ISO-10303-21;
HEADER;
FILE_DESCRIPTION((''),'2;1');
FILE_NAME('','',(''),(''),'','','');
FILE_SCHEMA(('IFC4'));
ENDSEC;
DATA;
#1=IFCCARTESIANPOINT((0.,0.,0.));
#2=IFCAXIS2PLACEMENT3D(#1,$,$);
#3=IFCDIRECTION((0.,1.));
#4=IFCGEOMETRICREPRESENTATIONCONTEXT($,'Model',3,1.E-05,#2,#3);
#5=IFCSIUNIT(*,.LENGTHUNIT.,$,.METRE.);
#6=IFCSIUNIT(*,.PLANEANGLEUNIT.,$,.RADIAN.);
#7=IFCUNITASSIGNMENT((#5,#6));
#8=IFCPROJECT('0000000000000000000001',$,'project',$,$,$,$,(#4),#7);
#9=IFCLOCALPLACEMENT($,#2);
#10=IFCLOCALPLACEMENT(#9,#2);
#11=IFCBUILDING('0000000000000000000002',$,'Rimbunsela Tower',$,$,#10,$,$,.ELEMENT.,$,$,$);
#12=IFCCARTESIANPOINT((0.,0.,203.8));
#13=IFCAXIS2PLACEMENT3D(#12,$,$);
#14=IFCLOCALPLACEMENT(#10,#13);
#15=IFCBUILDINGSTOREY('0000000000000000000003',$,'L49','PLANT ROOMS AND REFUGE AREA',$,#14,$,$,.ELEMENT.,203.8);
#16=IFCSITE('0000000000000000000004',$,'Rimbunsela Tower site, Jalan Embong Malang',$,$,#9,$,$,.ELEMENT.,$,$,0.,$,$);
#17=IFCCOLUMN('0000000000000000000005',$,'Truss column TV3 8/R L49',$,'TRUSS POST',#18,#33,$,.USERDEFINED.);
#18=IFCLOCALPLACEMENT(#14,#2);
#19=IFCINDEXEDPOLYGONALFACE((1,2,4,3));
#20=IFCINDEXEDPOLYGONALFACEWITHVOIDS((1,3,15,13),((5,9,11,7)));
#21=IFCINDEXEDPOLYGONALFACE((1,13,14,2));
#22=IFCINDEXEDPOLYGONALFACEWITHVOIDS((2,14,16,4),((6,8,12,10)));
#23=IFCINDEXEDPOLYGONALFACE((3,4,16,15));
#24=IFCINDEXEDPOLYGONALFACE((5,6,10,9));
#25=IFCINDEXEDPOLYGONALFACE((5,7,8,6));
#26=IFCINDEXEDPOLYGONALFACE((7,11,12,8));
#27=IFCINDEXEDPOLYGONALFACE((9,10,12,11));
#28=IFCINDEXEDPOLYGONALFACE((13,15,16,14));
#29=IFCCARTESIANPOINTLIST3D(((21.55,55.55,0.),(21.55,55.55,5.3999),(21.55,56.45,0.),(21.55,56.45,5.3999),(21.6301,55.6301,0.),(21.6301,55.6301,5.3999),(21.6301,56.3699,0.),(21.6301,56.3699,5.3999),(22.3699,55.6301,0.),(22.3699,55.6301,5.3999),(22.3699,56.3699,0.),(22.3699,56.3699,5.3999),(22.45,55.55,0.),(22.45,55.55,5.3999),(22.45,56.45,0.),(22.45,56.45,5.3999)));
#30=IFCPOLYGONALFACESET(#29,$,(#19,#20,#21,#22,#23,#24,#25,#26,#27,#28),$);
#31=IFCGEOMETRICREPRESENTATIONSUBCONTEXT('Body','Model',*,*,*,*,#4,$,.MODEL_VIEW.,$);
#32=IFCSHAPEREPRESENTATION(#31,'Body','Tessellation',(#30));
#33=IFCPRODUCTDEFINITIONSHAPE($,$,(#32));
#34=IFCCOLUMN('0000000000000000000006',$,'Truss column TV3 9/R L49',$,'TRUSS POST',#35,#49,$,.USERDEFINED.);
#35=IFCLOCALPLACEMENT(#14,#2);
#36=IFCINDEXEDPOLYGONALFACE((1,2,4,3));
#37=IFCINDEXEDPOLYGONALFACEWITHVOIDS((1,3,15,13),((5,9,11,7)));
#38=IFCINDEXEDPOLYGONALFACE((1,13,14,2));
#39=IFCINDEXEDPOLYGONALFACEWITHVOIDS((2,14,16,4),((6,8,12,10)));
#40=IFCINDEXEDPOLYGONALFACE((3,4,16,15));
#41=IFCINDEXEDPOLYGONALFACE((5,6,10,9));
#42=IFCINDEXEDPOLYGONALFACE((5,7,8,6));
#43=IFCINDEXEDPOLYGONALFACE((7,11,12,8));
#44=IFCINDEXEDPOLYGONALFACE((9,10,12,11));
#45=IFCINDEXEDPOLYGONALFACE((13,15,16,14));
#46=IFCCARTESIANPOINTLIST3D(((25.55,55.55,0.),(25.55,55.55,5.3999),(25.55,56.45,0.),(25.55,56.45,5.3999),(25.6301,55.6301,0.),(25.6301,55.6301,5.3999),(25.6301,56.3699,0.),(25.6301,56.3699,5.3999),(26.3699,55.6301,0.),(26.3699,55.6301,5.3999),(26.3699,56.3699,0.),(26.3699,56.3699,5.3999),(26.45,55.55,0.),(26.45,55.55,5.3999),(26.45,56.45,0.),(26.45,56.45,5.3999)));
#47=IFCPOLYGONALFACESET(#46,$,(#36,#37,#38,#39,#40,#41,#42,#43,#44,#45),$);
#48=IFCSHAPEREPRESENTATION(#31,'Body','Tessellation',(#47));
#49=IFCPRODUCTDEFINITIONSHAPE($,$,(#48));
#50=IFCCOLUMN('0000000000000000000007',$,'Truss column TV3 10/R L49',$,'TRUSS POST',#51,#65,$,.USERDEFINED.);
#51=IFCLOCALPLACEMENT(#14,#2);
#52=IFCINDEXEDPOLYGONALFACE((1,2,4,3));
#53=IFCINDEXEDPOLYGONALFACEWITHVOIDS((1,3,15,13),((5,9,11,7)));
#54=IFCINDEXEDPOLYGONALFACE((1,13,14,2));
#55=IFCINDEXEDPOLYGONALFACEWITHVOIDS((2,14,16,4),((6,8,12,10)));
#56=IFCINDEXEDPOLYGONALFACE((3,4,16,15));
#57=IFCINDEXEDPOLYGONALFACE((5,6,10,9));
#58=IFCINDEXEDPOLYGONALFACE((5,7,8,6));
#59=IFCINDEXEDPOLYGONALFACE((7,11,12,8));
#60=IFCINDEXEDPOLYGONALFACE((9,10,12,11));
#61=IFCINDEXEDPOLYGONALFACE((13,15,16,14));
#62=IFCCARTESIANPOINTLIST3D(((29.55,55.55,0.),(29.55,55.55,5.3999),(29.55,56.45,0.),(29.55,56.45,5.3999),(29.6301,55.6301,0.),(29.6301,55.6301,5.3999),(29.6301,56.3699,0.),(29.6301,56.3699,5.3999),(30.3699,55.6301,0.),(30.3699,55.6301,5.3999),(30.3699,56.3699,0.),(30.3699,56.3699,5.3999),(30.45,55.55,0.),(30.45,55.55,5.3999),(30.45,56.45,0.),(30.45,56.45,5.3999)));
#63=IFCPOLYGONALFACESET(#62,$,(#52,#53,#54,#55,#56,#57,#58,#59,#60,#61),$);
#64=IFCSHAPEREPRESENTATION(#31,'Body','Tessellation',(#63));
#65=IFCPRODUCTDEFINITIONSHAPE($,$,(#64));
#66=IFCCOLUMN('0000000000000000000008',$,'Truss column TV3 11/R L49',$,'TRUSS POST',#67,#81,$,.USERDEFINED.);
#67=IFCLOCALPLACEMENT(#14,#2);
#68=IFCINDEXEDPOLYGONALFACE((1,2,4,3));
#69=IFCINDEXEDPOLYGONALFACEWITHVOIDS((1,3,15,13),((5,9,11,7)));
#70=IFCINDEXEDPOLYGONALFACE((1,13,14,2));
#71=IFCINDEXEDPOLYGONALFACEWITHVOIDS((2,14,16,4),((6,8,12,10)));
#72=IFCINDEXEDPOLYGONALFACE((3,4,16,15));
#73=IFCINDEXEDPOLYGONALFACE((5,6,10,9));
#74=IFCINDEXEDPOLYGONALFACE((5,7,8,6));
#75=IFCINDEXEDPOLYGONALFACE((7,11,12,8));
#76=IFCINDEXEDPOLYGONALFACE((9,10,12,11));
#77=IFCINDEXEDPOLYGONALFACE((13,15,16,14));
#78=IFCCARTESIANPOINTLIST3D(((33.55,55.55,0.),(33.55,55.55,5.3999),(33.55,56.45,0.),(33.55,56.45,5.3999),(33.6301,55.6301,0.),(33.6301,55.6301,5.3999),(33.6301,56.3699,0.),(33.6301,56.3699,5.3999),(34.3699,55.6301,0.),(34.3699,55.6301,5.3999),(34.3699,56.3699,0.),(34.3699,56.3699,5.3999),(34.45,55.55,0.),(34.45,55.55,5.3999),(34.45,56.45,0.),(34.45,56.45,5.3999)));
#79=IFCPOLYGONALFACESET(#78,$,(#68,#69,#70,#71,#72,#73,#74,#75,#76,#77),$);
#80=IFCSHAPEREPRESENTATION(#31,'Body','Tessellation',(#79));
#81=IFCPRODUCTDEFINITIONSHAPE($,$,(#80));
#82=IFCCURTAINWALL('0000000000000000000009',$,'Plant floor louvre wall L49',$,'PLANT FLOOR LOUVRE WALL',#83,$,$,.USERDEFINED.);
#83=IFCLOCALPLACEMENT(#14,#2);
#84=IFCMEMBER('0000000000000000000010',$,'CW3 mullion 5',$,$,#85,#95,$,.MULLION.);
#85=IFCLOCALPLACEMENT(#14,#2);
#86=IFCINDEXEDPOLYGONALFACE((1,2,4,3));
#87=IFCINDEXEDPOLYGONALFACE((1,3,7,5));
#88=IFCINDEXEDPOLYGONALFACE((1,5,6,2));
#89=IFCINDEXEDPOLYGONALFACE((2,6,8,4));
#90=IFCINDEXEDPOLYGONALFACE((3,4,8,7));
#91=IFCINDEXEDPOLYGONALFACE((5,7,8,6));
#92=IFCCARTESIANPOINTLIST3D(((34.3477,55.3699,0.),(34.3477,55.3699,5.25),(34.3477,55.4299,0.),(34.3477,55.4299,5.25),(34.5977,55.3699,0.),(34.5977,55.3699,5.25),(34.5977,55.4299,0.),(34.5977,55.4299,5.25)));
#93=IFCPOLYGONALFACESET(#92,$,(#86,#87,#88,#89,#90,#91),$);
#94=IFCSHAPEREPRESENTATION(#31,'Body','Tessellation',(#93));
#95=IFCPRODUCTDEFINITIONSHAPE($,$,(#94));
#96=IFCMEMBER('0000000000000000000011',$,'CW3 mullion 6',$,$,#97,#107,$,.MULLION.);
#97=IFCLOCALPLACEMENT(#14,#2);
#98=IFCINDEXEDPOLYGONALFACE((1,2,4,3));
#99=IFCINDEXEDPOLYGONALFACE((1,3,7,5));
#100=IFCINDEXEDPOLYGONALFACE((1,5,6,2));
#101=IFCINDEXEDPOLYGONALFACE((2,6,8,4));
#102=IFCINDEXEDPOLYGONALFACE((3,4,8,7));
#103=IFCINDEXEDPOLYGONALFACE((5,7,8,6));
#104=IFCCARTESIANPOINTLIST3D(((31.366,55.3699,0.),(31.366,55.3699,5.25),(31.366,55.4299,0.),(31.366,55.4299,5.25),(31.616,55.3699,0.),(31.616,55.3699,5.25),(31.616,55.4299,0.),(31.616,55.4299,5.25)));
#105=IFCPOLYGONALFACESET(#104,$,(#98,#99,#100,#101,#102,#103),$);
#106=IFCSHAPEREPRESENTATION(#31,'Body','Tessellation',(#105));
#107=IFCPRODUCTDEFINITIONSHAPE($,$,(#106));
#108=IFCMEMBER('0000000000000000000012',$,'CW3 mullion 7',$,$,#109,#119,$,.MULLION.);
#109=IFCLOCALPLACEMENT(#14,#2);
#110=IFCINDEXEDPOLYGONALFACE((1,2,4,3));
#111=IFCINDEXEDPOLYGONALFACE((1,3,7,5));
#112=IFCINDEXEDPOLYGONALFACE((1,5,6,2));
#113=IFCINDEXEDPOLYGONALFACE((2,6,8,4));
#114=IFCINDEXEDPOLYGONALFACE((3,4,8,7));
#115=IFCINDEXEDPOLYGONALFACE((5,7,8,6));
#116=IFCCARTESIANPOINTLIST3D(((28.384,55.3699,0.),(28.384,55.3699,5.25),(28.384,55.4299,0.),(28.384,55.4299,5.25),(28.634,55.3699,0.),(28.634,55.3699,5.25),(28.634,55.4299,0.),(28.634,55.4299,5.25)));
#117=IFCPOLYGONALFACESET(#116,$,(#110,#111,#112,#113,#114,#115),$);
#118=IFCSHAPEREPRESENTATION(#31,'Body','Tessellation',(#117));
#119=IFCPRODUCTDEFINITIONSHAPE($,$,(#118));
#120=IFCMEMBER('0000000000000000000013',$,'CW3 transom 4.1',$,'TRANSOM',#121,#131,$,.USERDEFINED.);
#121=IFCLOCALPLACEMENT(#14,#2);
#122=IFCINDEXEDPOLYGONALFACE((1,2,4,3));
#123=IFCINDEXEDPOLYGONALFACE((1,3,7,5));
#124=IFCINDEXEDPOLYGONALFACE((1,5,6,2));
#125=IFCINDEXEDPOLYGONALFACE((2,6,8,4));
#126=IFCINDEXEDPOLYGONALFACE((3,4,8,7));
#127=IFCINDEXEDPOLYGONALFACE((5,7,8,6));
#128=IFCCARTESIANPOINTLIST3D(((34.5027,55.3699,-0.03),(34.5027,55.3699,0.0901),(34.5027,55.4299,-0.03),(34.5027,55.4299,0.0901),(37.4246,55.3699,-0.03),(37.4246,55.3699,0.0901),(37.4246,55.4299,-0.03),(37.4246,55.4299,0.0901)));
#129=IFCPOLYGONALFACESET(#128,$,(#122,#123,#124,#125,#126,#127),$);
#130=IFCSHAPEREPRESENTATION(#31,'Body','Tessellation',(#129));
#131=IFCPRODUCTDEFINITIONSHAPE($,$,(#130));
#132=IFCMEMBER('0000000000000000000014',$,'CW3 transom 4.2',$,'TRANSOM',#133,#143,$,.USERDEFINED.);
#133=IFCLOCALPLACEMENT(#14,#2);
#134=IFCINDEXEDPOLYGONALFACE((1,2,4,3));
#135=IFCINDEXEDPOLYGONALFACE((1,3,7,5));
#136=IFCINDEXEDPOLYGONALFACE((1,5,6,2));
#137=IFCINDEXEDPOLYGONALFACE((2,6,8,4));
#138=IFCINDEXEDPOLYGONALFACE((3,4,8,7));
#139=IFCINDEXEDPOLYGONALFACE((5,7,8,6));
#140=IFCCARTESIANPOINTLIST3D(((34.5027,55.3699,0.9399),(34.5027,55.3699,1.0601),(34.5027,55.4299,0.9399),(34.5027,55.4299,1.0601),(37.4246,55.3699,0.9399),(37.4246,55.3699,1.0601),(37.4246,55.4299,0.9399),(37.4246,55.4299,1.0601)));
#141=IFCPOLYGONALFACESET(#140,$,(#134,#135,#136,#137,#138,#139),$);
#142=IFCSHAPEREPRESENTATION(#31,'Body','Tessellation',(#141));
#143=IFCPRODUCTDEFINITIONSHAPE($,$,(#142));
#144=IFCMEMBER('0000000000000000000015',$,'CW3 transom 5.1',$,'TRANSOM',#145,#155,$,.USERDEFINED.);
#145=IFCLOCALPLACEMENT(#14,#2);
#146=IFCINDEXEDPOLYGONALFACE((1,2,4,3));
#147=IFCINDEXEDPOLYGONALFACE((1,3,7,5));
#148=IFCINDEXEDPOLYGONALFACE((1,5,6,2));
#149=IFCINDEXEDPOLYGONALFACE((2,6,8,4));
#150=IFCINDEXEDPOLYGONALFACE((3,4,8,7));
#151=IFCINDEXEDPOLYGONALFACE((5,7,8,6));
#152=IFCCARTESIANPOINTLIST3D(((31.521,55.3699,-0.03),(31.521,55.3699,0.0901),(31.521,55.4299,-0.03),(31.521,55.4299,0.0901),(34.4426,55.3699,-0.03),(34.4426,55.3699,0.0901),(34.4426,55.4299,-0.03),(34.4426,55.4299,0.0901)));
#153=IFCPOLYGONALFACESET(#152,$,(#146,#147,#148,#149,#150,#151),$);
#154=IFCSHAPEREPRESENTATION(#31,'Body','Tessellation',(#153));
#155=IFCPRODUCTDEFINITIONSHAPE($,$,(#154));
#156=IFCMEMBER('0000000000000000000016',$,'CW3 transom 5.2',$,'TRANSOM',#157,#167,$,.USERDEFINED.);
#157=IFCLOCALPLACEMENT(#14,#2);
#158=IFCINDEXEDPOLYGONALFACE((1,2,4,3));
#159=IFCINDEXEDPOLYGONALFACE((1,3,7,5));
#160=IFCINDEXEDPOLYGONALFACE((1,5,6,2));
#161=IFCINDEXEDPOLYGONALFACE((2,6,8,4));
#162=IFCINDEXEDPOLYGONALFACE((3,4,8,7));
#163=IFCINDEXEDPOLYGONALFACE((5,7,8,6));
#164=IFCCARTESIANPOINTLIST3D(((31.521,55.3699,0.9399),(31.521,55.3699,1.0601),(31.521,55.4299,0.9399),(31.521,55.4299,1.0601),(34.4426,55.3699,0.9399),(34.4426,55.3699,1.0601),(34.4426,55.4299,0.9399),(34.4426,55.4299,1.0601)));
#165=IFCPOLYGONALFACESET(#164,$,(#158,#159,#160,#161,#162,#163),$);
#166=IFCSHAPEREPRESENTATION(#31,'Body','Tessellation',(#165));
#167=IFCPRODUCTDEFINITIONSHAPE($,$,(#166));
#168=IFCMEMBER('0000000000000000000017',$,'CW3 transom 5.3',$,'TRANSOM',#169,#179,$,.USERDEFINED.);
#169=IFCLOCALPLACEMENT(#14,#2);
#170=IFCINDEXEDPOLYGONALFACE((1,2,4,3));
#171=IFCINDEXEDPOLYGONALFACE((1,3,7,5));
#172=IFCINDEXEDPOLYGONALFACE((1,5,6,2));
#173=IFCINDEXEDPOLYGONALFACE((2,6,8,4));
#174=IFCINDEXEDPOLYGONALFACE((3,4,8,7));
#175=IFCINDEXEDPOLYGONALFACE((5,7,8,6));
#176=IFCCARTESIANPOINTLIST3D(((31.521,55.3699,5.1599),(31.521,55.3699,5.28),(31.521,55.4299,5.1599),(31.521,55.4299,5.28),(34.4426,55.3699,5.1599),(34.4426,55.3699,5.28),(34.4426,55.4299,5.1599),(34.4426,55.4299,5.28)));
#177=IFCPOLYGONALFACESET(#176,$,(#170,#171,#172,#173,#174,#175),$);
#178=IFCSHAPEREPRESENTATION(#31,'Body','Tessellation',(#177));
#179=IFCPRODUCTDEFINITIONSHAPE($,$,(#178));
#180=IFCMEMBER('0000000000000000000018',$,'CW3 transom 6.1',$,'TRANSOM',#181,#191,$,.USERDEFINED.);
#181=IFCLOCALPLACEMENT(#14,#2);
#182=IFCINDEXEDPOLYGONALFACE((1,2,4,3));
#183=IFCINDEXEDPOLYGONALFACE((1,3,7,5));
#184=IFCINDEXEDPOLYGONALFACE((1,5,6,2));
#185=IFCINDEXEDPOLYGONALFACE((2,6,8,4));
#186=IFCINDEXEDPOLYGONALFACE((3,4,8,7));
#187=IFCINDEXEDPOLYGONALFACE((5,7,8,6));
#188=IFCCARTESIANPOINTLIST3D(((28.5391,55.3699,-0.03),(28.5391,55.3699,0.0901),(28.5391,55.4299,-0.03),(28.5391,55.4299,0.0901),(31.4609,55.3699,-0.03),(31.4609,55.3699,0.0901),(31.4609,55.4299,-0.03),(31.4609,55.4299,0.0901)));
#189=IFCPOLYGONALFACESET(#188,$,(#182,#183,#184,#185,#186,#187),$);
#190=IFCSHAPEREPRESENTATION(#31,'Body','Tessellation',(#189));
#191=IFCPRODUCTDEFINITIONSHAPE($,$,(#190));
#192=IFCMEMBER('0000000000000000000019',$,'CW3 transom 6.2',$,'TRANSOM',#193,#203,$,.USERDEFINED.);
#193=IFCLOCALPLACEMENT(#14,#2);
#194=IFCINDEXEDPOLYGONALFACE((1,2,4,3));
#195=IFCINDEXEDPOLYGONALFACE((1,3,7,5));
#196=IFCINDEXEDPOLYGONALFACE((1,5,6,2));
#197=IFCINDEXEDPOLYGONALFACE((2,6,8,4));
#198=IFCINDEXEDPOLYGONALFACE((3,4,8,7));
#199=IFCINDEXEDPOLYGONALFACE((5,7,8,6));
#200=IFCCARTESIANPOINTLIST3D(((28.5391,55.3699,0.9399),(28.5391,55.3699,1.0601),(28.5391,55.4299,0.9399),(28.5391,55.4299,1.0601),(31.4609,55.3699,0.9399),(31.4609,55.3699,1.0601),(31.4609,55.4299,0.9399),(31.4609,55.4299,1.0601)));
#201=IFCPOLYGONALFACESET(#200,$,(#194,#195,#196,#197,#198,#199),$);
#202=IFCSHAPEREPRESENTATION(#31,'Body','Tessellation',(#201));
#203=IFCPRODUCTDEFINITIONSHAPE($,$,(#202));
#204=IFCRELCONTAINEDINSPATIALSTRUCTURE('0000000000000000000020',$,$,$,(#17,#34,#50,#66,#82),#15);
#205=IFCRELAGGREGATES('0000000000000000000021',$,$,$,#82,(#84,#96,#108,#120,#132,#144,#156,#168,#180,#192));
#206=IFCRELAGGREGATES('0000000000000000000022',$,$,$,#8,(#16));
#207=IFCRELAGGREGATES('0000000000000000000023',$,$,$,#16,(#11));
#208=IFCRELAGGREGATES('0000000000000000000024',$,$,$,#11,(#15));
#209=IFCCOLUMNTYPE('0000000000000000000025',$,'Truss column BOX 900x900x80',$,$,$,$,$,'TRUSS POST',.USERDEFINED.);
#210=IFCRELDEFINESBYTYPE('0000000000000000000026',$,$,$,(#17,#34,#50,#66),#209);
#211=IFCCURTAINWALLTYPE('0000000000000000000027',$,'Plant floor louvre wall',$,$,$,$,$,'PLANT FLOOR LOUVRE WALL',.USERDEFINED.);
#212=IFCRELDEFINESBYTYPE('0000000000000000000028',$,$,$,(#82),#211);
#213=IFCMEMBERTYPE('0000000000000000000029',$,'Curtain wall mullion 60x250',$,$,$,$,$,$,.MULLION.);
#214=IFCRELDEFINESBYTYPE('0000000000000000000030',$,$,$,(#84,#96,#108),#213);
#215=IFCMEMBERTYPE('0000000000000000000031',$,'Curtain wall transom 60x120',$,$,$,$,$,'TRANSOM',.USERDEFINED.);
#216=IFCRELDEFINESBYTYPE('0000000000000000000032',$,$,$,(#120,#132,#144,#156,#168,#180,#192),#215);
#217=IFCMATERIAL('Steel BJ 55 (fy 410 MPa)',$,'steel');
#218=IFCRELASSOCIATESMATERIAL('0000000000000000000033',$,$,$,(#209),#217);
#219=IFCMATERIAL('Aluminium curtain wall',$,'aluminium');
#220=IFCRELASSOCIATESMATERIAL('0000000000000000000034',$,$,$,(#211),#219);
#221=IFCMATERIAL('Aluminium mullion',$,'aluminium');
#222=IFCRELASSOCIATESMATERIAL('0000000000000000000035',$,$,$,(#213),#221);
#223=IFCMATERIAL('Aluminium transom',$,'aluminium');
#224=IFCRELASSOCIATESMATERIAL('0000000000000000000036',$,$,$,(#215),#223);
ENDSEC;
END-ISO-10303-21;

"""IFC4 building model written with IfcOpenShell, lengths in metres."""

from ifc_helpers import new_model, si_unit, direction, frame, origin, origin_2d, place, context, subcontext, project, spatial, rectangle, hollow_rectangle, extrude, material, material_profile, profile_set, type_object, element, aggregate, save


model = new_model("IFC4")

# Units and contexts
model_context = context("Model", 3, precision=1e-05, world=origin(), true_north=direction((0.0, 1.0)))
body_context = subcontext(model_context, "Body", "Model", "MODEL_VIEW")
ifc_project = project(units=[si_unit("LENGTHUNIT", "METRE"), si_unit("PLANEANGLEUNIT", "RADIAN")], contexts=[model_context])

# Site, building, storey
site_placement = place(None, origin())
site = spatial("IfcSite", under=ifc_project, at=site_placement, Name="Rimbunsela Tower site, Jalan Embong Malang", CompositionType="ELEMENT", RefElevation=0.0)
building_placement = place(site_placement, origin())
building = spatial("IfcBuilding", under=site, at=building_placement, Name="Rimbunsela Tower", CompositionType="ELEMENT")
storey_placement = place(building_placement, frame((0.0, 0.0, 203.8)))
storey = spatial("IfcBuildingStorey", under=building, at=storey_placement, Name="L49", Description="PLANT ROOMS AND REFUGE AREA", CompositionType="ELEMENT", Elevation=203.8)

# Columns
ifc_material_1 = material(Name="Steel BJ 55 (fy 410 MPa)", Category="steel")
ifc_material_profile_1 = material_profile(ifc_material_1, hollow_rectangle(XDim=0.8999, YDim=0.8999, WallThickness=0.0801, at=origin_2d()), Name="BOX 900x900x80")
ifc_profile_set_1 = profile_set([ifc_material_profile_1], Name="Steel BJ 55 (fy 410 MPa)")
column_type = type_object("IfcColumnType", Name="Truss column BOX 900x900x80", ElementType="TRUSS POST", PredefinedType="USERDEFINED", material=ifc_profile_set_1)
for number, where, z_axis, x_axis, name in (
    (1, (22.0, 56.0, 0.0), (0.0, 0.0, 1.0), (1.0, 0.0, 0.0), "Truss column TV3 8/R L49"),
    (2, (26.0, 56.0, 0.0), (0.0, 0.0, 1.0), (1.0, 0.0, 0.0), "Truss column TV3 9/R L49"),
    (3, (30.0, 56.0, 0.0), (0.0, 0.0, 1.0), (1.0, 0.0, 0.0), "Truss column TV3 10/R L49"),
    (4, (34.0, 56.0, 0.0), (0.0, 0.0, 1.0), (1.0, 0.0, 0.0), "Truss column TV3 11/R L49"),
):
    element("IfcColumn", number, at=place(storey_placement, frame(where, z_axis=z_axis, x_axis=x_axis)), inside=storey, type_object=column_type, Name=name, ObjectType="TRUSS POST", PredefinedType="USERDEFINED", context=body_context, shape_type="SweptSolid", body=[
        extrude(hollow_rectangle(XDim=0.8999, YDim=0.8999, WallThickness=0.0801, at=origin_2d()), origin(), (0.0, 0.0, 1.0), 5.3999),
    ])

# Curtain wall, members
ifc_material_2 = material(Name="Aluminium curtain wall", Category="aluminium")
curtain_wall_type = type_object("IfcCurtainWallType", Name="Plant floor louvre wall", ElementType="PLANT FLOOR LOUVRE WALL", PredefinedType="USERDEFINED", material=ifc_material_2)
curtain_wall_placement = place(storey_placement, origin())
curtain_wall = element("IfcCurtainWall", 5, at=curtain_wall_placement, inside=storey, type_object=curtain_wall_type, Name="Plant floor louvre wall L49", ObjectType="PLANT FLOOR LOUVRE WALL", PredefinedType="USERDEFINED")
ifc_material_3 = material(Name="Aluminium mullion", Category="aluminium")
ifc_material_profile_2 = material_profile(ifc_material_3, rectangle(XDim=0.0601, YDim=0.25, at=origin_2d()), Name="Mullion 60x250")
ifc_profile_set_2 = profile_set([ifc_material_profile_2], Name="Aluminium mullion")
member_type_1 = type_object("IfcMemberType", Name="Curtain wall mullion 60x250", PredefinedType="MULLION", material=ifc_profile_set_2)
member_1_placement = place(storey_placement, frame((34.4727, 55.3999, 0.0), z_axis=(0.0, 0.0, 1.0), x_axis=(0.0, -1.0, 0.0)))
member_1 = element("IfcMember", 6, at=member_1_placement, type_object=member_type_1, Name="CW3 mullion 5", PredefinedType="MULLION", context=body_context, shape_type="SweptSolid", body=[
    extrude(rectangle(XDim=0.0601, YDim=0.25, at=origin_2d()), origin(), (0.0, 0.0, 1.0), 5.25),
])
member_2_placement = place(storey_placement, frame((31.491, 55.3999, 0.0), z_axis=(0.0, 0.0, 1.0), x_axis=(0.0, -1.0, 0.0)))
member_2 = element("IfcMember", 7, at=member_2_placement, type_object=member_type_1, Name="CW3 mullion 6", PredefinedType="MULLION", context=body_context, shape_type="SweptSolid", body=[
    extrude(rectangle(XDim=0.0601, YDim=0.25, at=origin_2d()), origin(), (0.0, 0.0, 1.0), 5.25),
])
member_3_placement = place(storey_placement, frame((28.509, 55.3999, 0.0), z_axis=(0.0, 0.0, 1.0), x_axis=(0.0, -1.0, 0.0)))
member_3 = element("IfcMember", 8, at=member_3_placement, type_object=member_type_1, Name="CW3 mullion 7", PredefinedType="MULLION", context=body_context, shape_type="SweptSolid", body=[
    extrude(rectangle(XDim=0.0601, YDim=0.25, at=origin_2d()), origin(), (0.0, 0.0, 1.0), 5.25),
])
ifc_material_4 = material(Name="Aluminium transom", Category="aluminium")
ifc_material_profile_3 = material_profile(ifc_material_4, rectangle(XDim=0.0601, YDim=0.1201, at=origin_2d()), Name="Transom 60x120")
ifc_profile_set_3 = profile_set([ifc_material_profile_3], Name="Aluminium transom")
member_type_2 = type_object("IfcMemberType", Name="Curtain wall transom 60x120", ElementType="TRANSOM", PredefinedType="USERDEFINED", material=ifc_profile_set_3)
member_4_placement = place(storey_placement, frame((37.4246, 55.3999, 0.03), z_axis=(-1.0, 0.0, 0.0), x_axis=(0.0, -1.0, 0.0)))
member_4 = element("IfcMember", 9, at=member_4_placement, type_object=member_type_2, Name="CW3 transom 4.1", ObjectType="TRANSOM", PredefinedType="USERDEFINED", context=body_context, shape_type="SweptSolid", body=[
    extrude(rectangle(XDim=0.0601, YDim=0.1201, at=origin_2d()), origin(), (0.0, 0.0, 1.0), 2.9219),
])
member_5_placement = place(storey_placement, frame((37.4246, 55.3999, 1.0), z_axis=(-1.0, 0.0, 0.0), x_axis=(0.0, -1.0, 0.0)))
member_5 = element("IfcMember", 10, at=member_5_placement, type_object=member_type_2, Name="CW3 transom 4.2", ObjectType="TRANSOM", PredefinedType="USERDEFINED", context=body_context, shape_type="SweptSolid", body=[
    extrude(rectangle(XDim=0.0601, YDim=0.1201, at=origin_2d()), origin(), (0.0, 0.0, 1.0), 2.9219),
])
member_6_placement = place(storey_placement, frame((34.4426, 55.3999, 0.03), z_axis=(-1.0, 0.0, 0.0), x_axis=(0.0, -1.0, 0.0)))
member_6 = element("IfcMember", 11, at=member_6_placement, type_object=member_type_2, Name="CW3 transom 5.1", ObjectType="TRANSOM", PredefinedType="USERDEFINED", context=body_context, shape_type="SweptSolid", body=[
    extrude(rectangle(XDim=0.0601, YDim=0.1201, at=origin_2d()), origin(), (0.0, 0.0, 1.0), 2.9216),
])
member_7_placement = place(storey_placement, frame((34.4426, 55.3999, 1.0), z_axis=(-1.0, 0.0, 0.0), x_axis=(0.0, -1.0, 0.0)))
member_7 = element("IfcMember", 12, at=member_7_placement, type_object=member_type_2, Name="CW3 transom 5.2", ObjectType="TRANSOM", PredefinedType="USERDEFINED", context=body_context, shape_type="SweptSolid", body=[
    extrude(rectangle(XDim=0.0601, YDim=0.1201, at=origin_2d()), origin(), (0.0, 0.0, 1.0), 2.9216),
])
member_8_placement = place(storey_placement, frame((34.4426, 55.3999, 5.22), z_axis=(-1.0, 0.0, 0.0), x_axis=(0.0, -1.0, 0.0)))
member_8 = element("IfcMember", 13, at=member_8_placement, type_object=member_type_2, Name="CW3 transom 5.3", ObjectType="TRANSOM", PredefinedType="USERDEFINED", context=body_context, shape_type="SweptSolid", body=[
    extrude(rectangle(XDim=0.0601, YDim=0.1201, at=origin_2d()), origin(), (0.0, 0.0, 1.0), 2.9216),
])
member_9_placement = place(storey_placement, frame((31.4609, 55.3999, 0.03), z_axis=(-1.0, 0.0, 0.0), x_axis=(0.0, -1.0, 0.0)))
member_9 = element("IfcMember", 14, at=member_9_placement, type_object=member_type_2, Name="CW3 transom 6.1", ObjectType="TRANSOM", PredefinedType="USERDEFINED", context=body_context, shape_type="SweptSolid", body=[
    extrude(rectangle(XDim=0.0601, YDim=0.1201, at=origin_2d()), origin(), (0.0, 0.0, 1.0), 2.9219),
])
member_10_placement = place(storey_placement, frame((31.4609, 55.3999, 1.0), z_axis=(-1.0, 0.0, 0.0), x_axis=(0.0, -1.0, 0.0)))
member_10 = element("IfcMember", 15, at=member_10_placement, type_object=member_type_2, Name="CW3 transom 6.2", ObjectType="TRANSOM", PredefinedType="USERDEFINED", context=body_context, shape_type="SweptSolid", body=[
    extrude(rectangle(XDim=0.0601, YDim=0.1201, at=origin_2d()), origin(), (0.0, 0.0, 1.0), 2.9219),
])

aggregate(curtain_wall, [member_1, member_2, member_3, member_4, member_5, member_6, member_7, member_8, member_9, member_10])

save(model, "model.ifc")
